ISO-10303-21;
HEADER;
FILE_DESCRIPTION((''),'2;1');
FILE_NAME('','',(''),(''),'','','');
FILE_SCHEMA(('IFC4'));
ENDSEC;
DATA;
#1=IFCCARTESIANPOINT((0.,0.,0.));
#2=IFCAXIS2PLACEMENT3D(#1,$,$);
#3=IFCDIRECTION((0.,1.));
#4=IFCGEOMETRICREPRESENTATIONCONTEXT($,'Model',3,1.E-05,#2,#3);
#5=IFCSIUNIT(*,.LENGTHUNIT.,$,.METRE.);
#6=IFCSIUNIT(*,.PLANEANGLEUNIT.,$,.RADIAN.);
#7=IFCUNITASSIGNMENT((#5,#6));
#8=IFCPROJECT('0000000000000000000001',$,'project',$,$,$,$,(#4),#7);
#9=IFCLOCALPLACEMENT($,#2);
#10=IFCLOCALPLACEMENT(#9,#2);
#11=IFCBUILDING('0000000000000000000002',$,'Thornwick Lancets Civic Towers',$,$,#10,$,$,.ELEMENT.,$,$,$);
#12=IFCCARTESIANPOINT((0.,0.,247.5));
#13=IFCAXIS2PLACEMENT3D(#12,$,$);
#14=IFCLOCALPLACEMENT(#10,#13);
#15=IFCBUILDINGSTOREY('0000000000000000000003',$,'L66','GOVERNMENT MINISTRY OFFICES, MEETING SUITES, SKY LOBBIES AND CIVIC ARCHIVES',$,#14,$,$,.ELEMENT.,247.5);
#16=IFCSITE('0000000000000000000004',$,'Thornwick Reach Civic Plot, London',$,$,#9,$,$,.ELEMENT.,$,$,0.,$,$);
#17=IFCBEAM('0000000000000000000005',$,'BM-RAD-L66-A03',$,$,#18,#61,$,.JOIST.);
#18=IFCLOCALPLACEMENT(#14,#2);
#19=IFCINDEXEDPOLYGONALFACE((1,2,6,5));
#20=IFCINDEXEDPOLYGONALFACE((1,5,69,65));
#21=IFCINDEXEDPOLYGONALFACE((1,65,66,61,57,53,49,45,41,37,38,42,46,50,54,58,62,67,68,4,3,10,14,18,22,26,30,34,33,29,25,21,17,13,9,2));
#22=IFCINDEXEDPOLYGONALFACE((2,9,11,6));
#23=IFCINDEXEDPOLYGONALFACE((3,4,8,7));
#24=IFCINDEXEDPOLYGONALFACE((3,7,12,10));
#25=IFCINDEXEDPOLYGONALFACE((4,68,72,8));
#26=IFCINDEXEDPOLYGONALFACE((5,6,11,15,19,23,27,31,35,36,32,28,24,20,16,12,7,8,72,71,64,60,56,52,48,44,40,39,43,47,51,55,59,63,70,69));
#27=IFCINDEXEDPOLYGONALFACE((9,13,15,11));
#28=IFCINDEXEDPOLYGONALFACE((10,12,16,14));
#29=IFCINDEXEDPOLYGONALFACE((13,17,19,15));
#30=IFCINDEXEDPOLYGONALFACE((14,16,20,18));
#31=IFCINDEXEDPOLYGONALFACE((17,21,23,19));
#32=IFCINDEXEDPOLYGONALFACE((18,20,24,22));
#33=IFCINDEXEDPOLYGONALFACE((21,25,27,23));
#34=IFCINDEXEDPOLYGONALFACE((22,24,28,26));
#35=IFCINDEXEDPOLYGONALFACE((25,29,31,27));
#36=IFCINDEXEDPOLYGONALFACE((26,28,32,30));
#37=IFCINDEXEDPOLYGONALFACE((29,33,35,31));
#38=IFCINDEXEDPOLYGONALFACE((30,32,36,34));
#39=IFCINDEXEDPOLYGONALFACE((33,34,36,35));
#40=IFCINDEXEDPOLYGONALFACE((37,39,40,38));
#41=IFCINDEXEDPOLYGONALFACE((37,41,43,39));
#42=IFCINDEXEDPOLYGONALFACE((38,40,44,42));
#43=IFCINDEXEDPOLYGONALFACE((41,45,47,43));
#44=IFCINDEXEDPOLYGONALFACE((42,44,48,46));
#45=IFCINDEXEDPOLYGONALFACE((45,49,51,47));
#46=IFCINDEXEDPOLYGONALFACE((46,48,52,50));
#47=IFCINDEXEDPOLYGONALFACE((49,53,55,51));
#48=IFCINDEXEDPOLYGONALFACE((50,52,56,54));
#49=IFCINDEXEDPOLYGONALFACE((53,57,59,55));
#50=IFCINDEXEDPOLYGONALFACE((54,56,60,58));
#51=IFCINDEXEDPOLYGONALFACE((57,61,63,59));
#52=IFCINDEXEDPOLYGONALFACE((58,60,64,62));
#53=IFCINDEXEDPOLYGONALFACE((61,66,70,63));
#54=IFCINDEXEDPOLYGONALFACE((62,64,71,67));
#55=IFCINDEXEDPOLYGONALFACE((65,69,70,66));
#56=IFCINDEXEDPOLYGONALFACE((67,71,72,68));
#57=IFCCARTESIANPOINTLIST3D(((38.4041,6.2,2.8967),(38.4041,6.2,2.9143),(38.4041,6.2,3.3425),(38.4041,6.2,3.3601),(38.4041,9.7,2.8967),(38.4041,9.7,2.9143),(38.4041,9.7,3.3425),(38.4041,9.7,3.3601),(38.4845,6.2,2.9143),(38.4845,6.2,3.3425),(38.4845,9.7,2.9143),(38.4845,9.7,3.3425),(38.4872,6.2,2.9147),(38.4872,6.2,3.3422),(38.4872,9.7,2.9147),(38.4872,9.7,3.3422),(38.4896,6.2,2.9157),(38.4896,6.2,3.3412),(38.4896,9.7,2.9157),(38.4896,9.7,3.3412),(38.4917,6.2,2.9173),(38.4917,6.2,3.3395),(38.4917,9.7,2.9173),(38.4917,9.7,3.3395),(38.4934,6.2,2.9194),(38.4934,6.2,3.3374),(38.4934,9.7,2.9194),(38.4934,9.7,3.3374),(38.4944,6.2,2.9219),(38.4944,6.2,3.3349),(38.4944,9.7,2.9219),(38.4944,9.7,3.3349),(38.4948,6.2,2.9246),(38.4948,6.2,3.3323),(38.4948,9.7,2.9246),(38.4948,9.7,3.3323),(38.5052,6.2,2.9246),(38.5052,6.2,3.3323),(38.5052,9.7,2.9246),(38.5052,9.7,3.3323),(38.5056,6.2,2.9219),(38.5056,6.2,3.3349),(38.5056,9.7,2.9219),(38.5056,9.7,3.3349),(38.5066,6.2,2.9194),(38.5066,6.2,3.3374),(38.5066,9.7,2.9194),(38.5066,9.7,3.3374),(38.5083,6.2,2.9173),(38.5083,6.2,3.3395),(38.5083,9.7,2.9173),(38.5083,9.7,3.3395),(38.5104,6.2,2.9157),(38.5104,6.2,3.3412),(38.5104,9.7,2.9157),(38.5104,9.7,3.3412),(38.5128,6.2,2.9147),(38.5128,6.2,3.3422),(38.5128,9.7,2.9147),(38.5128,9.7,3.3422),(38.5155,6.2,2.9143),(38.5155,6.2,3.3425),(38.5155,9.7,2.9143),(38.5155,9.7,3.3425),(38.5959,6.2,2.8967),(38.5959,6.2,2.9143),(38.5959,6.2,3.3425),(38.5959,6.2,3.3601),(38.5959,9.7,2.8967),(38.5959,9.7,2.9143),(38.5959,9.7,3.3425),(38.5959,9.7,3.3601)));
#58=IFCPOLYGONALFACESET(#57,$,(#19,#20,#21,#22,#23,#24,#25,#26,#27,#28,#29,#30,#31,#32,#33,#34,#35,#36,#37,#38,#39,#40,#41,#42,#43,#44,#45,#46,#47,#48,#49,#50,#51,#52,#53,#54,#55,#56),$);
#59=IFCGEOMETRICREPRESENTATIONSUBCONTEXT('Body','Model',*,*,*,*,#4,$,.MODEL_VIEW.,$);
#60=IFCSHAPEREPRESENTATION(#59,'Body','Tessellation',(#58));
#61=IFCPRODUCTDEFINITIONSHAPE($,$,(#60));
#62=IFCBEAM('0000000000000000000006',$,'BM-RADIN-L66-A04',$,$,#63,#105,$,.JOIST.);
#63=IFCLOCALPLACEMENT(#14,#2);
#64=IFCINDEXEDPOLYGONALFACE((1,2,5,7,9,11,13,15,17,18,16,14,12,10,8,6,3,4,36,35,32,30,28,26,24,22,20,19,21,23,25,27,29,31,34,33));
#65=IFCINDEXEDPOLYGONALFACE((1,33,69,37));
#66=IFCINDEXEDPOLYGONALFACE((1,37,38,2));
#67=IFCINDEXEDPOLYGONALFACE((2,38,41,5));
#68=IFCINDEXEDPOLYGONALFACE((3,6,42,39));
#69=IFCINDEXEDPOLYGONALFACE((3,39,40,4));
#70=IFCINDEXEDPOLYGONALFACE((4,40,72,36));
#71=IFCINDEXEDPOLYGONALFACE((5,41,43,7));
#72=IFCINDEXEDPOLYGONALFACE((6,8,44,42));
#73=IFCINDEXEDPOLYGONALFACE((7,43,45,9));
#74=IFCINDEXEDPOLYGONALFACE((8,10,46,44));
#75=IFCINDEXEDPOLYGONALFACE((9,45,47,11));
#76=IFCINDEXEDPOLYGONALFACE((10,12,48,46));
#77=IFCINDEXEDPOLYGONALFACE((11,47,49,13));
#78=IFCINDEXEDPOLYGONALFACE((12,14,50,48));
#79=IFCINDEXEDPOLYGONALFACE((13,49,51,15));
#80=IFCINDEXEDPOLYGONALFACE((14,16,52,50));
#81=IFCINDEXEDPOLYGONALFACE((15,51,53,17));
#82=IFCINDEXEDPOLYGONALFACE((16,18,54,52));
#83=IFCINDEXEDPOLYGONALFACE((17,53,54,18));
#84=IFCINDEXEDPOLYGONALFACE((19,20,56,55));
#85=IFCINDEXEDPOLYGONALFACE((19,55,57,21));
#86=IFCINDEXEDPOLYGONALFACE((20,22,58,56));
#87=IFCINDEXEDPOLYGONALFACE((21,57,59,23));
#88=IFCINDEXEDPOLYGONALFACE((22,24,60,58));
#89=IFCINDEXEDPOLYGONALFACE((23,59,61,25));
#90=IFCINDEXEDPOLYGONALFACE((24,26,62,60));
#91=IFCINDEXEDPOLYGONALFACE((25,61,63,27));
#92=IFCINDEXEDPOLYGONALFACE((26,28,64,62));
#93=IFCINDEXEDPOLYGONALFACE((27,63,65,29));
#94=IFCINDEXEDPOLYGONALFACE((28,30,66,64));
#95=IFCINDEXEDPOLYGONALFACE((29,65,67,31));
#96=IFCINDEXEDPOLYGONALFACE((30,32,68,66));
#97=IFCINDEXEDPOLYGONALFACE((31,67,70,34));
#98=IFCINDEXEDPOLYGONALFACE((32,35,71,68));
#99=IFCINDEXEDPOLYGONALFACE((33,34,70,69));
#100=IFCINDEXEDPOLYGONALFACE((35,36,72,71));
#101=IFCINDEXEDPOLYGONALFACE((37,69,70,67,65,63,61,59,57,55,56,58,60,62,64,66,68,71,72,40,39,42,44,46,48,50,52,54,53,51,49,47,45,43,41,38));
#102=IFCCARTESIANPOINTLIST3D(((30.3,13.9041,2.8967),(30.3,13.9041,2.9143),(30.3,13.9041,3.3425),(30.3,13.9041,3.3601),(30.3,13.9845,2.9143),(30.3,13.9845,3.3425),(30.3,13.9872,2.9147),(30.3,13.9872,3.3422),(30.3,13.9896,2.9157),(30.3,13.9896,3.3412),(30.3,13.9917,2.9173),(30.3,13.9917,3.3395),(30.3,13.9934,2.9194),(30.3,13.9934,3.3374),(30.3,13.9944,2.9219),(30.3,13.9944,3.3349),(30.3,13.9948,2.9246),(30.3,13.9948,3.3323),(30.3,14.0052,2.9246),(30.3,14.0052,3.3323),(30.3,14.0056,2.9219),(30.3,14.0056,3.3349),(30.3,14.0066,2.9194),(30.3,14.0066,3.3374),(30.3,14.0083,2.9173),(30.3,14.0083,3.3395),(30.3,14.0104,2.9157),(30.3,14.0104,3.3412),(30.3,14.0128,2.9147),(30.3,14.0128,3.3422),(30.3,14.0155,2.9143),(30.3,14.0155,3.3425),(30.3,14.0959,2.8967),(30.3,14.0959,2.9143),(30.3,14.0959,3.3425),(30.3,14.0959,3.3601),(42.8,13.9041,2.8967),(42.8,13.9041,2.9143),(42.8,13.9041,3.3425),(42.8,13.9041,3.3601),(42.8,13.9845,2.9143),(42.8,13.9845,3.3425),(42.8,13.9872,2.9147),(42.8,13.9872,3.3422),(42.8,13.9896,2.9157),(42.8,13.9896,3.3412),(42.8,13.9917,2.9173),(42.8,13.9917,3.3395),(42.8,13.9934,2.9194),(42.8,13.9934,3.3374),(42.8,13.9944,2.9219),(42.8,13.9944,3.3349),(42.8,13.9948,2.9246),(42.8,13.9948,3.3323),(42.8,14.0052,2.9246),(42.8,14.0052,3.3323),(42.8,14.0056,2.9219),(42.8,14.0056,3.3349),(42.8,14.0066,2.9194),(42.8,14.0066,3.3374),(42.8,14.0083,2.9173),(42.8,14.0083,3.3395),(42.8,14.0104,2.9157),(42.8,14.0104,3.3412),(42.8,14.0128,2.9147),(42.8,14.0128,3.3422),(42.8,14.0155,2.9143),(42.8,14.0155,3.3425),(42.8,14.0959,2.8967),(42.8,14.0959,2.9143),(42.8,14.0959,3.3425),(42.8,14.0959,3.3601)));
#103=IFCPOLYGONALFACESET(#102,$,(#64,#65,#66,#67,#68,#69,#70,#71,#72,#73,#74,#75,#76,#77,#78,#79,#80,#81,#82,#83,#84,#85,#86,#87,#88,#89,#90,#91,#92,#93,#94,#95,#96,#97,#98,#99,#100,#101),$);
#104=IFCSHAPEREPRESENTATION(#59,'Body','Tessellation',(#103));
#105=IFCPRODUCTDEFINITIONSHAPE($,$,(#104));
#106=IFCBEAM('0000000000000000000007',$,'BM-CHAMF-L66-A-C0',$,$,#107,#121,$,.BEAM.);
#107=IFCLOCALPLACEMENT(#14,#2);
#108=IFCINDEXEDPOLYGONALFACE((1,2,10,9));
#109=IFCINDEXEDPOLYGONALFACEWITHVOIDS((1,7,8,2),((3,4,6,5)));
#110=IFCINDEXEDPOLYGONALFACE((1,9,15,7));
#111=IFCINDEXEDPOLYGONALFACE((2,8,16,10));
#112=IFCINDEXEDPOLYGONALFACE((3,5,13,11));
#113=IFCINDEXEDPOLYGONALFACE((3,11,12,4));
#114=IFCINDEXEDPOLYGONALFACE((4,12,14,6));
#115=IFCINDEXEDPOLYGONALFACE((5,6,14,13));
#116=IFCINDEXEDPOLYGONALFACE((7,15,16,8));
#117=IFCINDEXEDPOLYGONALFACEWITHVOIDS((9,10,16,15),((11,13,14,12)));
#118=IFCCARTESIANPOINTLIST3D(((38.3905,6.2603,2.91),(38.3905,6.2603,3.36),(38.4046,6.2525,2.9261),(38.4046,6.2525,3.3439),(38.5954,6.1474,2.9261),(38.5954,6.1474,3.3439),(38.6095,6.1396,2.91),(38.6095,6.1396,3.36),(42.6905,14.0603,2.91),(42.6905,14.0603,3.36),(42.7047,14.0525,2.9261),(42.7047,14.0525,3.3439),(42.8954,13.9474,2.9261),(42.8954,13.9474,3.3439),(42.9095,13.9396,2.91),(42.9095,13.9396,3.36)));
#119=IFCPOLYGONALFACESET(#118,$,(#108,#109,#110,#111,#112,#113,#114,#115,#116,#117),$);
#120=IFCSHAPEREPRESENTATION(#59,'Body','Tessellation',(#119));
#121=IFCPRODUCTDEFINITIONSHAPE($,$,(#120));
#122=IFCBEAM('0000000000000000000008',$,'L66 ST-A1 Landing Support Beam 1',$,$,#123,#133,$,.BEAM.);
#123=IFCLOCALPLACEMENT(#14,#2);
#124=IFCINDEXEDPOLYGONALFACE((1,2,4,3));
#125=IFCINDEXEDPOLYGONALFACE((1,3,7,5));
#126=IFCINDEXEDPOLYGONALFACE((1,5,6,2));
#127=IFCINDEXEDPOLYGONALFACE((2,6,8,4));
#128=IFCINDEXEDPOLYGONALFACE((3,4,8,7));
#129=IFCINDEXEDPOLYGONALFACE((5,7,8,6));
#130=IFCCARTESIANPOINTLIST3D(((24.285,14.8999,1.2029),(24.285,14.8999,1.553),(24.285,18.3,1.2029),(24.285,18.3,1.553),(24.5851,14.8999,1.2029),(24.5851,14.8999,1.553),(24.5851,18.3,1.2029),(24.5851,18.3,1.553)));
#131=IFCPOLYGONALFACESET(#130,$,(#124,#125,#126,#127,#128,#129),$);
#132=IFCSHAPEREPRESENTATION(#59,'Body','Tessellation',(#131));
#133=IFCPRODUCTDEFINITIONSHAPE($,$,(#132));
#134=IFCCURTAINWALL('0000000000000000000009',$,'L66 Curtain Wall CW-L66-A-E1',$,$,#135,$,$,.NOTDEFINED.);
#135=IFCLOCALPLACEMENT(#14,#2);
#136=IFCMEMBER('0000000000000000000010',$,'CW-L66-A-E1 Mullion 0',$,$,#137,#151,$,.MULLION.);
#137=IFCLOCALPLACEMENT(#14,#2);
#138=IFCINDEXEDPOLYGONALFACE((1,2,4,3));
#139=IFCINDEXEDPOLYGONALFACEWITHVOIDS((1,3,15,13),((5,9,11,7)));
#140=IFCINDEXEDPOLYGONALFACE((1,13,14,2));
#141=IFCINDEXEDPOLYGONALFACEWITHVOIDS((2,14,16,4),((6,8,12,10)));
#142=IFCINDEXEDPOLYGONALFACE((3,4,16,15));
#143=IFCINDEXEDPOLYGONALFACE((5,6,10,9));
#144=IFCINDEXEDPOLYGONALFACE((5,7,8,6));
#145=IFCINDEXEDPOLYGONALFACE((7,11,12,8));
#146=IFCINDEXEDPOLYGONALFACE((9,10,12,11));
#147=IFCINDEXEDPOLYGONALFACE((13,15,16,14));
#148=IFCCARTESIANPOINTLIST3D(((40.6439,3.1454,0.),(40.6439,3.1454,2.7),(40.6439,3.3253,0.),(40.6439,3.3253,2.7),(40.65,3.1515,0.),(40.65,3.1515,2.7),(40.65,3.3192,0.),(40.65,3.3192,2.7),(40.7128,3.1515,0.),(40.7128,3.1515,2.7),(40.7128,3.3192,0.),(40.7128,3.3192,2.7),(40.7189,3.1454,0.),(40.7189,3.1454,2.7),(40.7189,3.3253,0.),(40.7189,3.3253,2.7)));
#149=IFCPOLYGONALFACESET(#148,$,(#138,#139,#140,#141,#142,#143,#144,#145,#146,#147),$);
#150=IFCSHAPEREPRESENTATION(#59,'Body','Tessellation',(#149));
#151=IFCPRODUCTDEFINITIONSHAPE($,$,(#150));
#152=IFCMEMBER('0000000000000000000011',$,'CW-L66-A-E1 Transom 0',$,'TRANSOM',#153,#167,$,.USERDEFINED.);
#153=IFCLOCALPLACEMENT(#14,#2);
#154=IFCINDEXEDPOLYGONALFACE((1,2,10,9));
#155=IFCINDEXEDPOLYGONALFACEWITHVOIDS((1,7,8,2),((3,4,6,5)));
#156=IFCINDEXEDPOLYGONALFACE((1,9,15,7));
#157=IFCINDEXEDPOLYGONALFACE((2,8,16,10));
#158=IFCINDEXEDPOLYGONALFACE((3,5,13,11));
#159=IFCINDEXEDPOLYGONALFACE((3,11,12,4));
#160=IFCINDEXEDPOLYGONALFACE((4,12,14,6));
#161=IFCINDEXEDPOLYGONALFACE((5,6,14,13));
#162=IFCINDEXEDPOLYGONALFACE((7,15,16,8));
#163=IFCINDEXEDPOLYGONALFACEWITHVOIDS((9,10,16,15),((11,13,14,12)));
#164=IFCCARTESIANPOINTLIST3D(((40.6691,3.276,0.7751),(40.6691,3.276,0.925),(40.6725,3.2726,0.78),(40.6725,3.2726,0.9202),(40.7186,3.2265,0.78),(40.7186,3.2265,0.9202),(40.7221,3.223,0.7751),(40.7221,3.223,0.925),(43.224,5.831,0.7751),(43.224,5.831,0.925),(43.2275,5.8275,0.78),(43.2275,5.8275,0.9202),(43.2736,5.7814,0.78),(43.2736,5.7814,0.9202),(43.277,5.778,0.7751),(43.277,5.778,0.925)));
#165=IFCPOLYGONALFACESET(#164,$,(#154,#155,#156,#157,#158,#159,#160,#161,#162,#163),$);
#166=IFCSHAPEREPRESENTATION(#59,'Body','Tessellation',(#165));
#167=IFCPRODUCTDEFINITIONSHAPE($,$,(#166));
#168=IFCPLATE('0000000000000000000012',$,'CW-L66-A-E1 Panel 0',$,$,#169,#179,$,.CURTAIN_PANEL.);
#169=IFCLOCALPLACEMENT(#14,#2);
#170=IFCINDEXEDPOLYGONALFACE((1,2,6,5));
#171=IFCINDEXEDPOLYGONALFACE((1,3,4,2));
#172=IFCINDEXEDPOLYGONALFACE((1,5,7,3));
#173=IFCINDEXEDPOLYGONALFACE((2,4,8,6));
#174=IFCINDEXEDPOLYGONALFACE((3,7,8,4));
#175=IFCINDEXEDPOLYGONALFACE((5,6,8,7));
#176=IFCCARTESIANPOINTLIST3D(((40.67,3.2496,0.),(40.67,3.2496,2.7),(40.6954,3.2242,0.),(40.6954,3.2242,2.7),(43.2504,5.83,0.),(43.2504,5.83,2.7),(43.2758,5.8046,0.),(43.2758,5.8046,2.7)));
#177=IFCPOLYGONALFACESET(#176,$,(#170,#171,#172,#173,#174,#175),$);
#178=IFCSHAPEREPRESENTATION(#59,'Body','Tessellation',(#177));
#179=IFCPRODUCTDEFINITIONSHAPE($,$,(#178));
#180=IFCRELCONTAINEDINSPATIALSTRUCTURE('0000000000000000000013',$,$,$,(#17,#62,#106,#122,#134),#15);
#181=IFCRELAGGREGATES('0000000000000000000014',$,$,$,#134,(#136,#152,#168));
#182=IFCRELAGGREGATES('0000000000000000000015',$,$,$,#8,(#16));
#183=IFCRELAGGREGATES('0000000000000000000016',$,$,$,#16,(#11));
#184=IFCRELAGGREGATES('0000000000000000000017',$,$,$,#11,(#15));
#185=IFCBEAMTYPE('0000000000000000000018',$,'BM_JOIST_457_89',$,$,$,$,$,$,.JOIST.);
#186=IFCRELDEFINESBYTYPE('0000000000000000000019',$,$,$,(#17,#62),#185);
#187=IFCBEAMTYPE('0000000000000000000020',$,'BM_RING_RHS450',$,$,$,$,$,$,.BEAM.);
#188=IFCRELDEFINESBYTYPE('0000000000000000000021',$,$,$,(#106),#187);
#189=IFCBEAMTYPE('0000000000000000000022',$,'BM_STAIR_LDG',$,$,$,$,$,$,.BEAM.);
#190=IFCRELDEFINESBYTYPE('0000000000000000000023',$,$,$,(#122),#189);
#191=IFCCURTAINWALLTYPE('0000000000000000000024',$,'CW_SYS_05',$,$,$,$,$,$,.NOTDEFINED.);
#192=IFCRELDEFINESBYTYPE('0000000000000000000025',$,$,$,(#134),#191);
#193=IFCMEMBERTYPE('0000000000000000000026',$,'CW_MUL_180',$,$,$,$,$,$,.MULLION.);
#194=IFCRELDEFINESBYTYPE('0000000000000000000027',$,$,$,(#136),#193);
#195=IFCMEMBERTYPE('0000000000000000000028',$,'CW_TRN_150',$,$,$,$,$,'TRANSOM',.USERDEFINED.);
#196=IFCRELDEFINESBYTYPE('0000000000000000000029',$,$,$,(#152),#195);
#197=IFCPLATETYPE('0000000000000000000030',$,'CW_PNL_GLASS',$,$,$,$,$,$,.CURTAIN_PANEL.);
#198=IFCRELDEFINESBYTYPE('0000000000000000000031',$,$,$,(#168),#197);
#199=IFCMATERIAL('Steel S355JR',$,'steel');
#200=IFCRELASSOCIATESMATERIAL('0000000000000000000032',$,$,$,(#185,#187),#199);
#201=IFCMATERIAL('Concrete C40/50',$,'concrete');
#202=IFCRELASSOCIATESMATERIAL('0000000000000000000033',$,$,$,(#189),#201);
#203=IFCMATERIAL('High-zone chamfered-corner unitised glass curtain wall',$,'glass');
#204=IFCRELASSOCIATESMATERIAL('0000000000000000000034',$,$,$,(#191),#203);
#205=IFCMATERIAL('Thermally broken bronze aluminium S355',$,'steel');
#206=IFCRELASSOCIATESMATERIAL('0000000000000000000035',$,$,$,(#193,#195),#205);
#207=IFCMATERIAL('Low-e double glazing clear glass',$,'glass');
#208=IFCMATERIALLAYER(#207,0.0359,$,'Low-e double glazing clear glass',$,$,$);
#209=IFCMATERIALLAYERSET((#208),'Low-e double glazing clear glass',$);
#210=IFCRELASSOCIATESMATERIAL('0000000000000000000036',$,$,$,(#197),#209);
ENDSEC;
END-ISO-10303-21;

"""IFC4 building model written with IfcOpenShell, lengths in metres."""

from ifc_helpers import new_model, si_unit, direction, frame, origin, origin_2d, place, context, subcontext, project, spatial, rectangle, hollow_rectangle, i_section, extrude, material, layer, layer_set, material_profile, profile_set, type_object, element, aggregate, save


model = new_model("IFC4")

# Units and contexts
model_context = context("Model", 3, precision=1e-05, world=origin(), true_north=direction((0.0, 1.0)))
body_context = subcontext(model_context, "Body", "Model", "MODEL_VIEW")
ifc_project = project(units=[si_unit("LENGTHUNIT", "METRE"), si_unit("PLANEANGLEUNIT", "RADIAN")], contexts=[model_context])

# Site, building, storey
site_placement = place(None, origin())
site = spatial("IfcSite", under=ifc_project, at=site_placement, Name="Thornwick Reach Civic Plot, London", CompositionType="ELEMENT", RefElevation=0.0)
building_placement = place(site_placement, origin())
building = spatial("IfcBuilding", under=site, at=building_placement, Name="Thornwick Lancets Civic Towers", CompositionType="ELEMENT")
storey_placement = place(building_placement, frame((0.0, 0.0, 247.5)))
storey = spatial("IfcBuildingStorey", under=building, at=storey_placement, Name="L66", Description="GOVERNMENT MINISTRY OFFICES, MEETING SUITES, SKY LOBBIES AND CIVIC ARCHIVES", CompositionType="ELEMENT", Elevation=247.5)

# Shared definitions
ifc_material_1 = material(Name="Steel S355JR", Category="steel")

# Beams
ifc_material_profile_1 = material_profile(ifc_material_1, i_section(OverallWidth=0.1919, OverallDepth=0.4634, WebThickness=0.0105, FlangeThickness=0.0176, FilletRadius=0.0103, at=origin_2d()), Name="UKB 457x191x89")
ifc_profile_set_1 = profile_set([ifc_material_profile_1], Name="Steel S355JR")
beam_type_1 = type_object("IfcBeamType", Name="BM_JOIST_457_89", PredefinedType="JOIST", material=ifc_profile_set_1)
for number, where, z_axis, x_axis, name in (
    (1, (38.5, 9.7, 3.1284), (0.0, -1.0, 0.0), (1.0, 0.0, 0.0), "BM-RAD-L66-A03"),
):
    element("IfcBeam", number, at=place(storey_placement, frame(where, z_axis=z_axis, x_axis=x_axis)), inside=storey, type_object=beam_type_1, Name=name, PredefinedType="JOIST", context=body_context, shape_type="SweptSolid", body=[
        extrude(i_section(OverallWidth=0.1919, OverallDepth=0.4634, WebThickness=0.0105, FlangeThickness=0.0176, FilletRadius=0.0103, at=origin_2d()), origin(), (0.0, 0.0, 1.0), 3.5),
    ])
beam_1_placement = place(storey_placement, frame((30.3, 14.0, 3.1284), z_axis=(1.0, 0.0, 0.0), x_axis=(0.0, 1.0, 0.0)))
element("IfcBeam", 2, at=beam_1_placement, inside=storey, type_object=beam_type_1, Name="BM-RADIN-L66-A04", PredefinedType="JOIST", context=body_context, shape_type="SweptSolid", body=[
    extrude(i_section(OverallWidth=0.1919, OverallDepth=0.4634, WebThickness=0.0105, FlangeThickness=0.0176, FilletRadius=0.0103, at=origin_2d()), origin(), (0.0, 0.0, 1.0), 12.5),
])
ifc_material_profile_2 = material_profile(ifc_material_1, hollow_rectangle(XDim=0.25, YDim=0.45, WallThickness=0.0161, at=origin_2d()), Name="RHS 450x250x16")
ifc_profile_set_2 = profile_set([ifc_material_profile_2], Name="Steel S355JR")
beam_type_2 = type_object("IfcBeamType", Name="BM_RING_RHS450", PredefinedType="BEAM", material=ifc_profile_set_2)
beam_2_placement = place(storey_placement, frame((38.5, 6.2, 3.135), z_axis=(0.482782, 0.87574, 0.0), x_axis=(-0.87574, 0.482782, 0.0)))
element("IfcBeam", 3, at=beam_2_placement, inside=storey, type_object=beam_type_2, Name="BM-CHAMF-L66-A-C0", PredefinedType="BEAM", context=body_context, shape_type="SweptSolid", body=[
    extrude(hollow_rectangle(XDim=0.25, YDim=0.45, WallThickness=0.0161, at=origin_2d()), origin(), (0.0, 0.0, 1.0), 8.9067),
])
ifc_material_2 = material(Name="Concrete C40/50", Category="concrete")
ifc_material_profile_3 = material_profile(ifc_material_2, rectangle(XDim=0.3, YDim=0.3501, at=origin_2d()), Name="RC 300x350")
ifc_profile_set_3 = profile_set([ifc_material_profile_3], Name="Concrete C40/50")
beam_type_3 = type_object("IfcBeamType", Name="BM_STAIR_LDG", PredefinedType="BEAM", material=ifc_profile_set_3)
beam_3_placement = place(storey_placement, frame((24.4351, 14.8999, 1.3779), z_axis=(0.0, 1.0, 0.0), x_axis=(-1.0, 0.0, 0.0)))
element("IfcBeam", 4, at=beam_3_placement, inside=storey, type_object=beam_type_3, Name="L66 ST-A1 Landing Support Beam 1", PredefinedType="BEAM", context=body_context, shape_type="SweptSolid", body=[
    extrude(rectangle(XDim=0.3, YDim=0.3501, at=origin_2d()), origin(), (0.0, 0.0, 1.0), 3.4001),
])

# Curtain wall, members, plate
ifc_material_3 = material(Name="High-zone chamfered-corner unitised glass curtain wall", Category="glass")
curtain_wall_type = type_object("IfcCurtainWallType", Name="CW_SYS_05", PredefinedType="NOTDEFINED", material=ifc_material_3)
curtain_wall_placement = place(storey_placement, origin())
curtain_wall = element("IfcCurtainWall", 5, at=curtain_wall_placement, inside=storey, type_object=curtain_wall_type, Name="L66 Curtain Wall CW-L66-A-E1", PredefinedType="NOTDEFINED")
ifc_material_4 = material(Name="Thermally broken bronze aluminium S355", Category="steel")
ifc_material_profile_4 = material_profile(ifc_material_4, hollow_rectangle(XDim=0.075, YDim=0.1799, WallThickness=0.0061, at=origin_2d()), Name="RHS 180x75x6")
ifc_profile_set_4 = profile_set([ifc_material_profile_4], Name="Thermally broken bronze aluminium S355")
member_type_1 = type_object("IfcMemberType", Name="CW_MUL_180", PredefinedType="MULLION", material=ifc_profile_set_4)
member_1_placement = place(storey_placement, frame((40.6814, 3.2354, 0.0), z_axis=(0.0, 0.0, 1.0), x_axis=(1.0, 0.0, 0.0)))
member_1 = element("IfcMember", 6, at=member_1_placement, type_object=member_type_1, Name="CW-L66-A-E1 Mullion 0", PredefinedType="MULLION", context=body_context, shape_type="SweptSolid", body=[
    extrude(hollow_rectangle(XDim=0.075, YDim=0.1799, WallThickness=0.0061, at=origin_2d()), origin(), (0.0, 0.0, 1.0), 2.7),
])
ifc_material_profile_5 = material_profile(ifc_material_4, hollow_rectangle(XDim=0.075, YDim=0.1499, WallThickness=0.0049, at=origin_2d()), Name="RHS 150x75x5")
ifc_profile_set_5 = profile_set([ifc_material_profile_5], Name="Thermally broken bronze aluminium S355")
member_type_2 = type_object("IfcMemberType", Name="CW_TRN_150", ElementType="TRANSOM", PredefinedType="USERDEFINED", material=ifc_profile_set_5)
member_2_placement = place(storey_placement, frame((40.6956, 3.2495, 0.8501), z_axis=(0.707107, 0.707107, 0.0), x_axis=(-0.707107, 0.707107, 0.0)))
member_2 = element("IfcMember", 7, at=member_2_placement, type_object=member_type_2, Name="CW-L66-A-E1 Transom 0", ObjectType="TRANSOM", PredefinedType="USERDEFINED", context=body_context, shape_type="SweptSolid", body=[
    extrude(hollow_rectangle(XDim=0.075, YDim=0.1499, WallThickness=0.0049, at=origin_2d()), origin(), (0.0, 0.0, 1.0), 3.6133),
])
ifc_material_5 = material(Name="Low-e double glazing clear glass", Category="glass")
ifc_layer_1 = layer(ifc_material_5, 0.0359, Name="Low-e double glazing clear glass")
ifc_layer_set_1 = layer_set([ifc_layer_1], Name="Low-e double glazing clear glass")
plate_type = type_object("IfcPlateType", Name="CW_PNL_GLASS", PredefinedType="CURTAIN_PANEL", material=ifc_layer_set_1)
plate_placement = place(storey_placement, frame((41.9729, 4.5271, 0.0), z_axis=(0.0, 0.0, 1.0), x_axis=(0.707107, 0.707107, 0.0)))
plate = element("IfcPlate", 8, at=plate_placement, type_object=plate_type, Name="CW-L66-A-E1 Panel 0", PredefinedType="CURTAIN_PANEL", context=body_context, shape_type="SweptSolid", body=[
    extrude(rectangle(XDim=3.6492, YDim=0.0359, at=origin_2d()), origin(), (0.0, 0.0, 1.0), 2.7),
])
aggregate(curtain_wall, [member_1, member_2, plate])

save(model, "model.ifc")
